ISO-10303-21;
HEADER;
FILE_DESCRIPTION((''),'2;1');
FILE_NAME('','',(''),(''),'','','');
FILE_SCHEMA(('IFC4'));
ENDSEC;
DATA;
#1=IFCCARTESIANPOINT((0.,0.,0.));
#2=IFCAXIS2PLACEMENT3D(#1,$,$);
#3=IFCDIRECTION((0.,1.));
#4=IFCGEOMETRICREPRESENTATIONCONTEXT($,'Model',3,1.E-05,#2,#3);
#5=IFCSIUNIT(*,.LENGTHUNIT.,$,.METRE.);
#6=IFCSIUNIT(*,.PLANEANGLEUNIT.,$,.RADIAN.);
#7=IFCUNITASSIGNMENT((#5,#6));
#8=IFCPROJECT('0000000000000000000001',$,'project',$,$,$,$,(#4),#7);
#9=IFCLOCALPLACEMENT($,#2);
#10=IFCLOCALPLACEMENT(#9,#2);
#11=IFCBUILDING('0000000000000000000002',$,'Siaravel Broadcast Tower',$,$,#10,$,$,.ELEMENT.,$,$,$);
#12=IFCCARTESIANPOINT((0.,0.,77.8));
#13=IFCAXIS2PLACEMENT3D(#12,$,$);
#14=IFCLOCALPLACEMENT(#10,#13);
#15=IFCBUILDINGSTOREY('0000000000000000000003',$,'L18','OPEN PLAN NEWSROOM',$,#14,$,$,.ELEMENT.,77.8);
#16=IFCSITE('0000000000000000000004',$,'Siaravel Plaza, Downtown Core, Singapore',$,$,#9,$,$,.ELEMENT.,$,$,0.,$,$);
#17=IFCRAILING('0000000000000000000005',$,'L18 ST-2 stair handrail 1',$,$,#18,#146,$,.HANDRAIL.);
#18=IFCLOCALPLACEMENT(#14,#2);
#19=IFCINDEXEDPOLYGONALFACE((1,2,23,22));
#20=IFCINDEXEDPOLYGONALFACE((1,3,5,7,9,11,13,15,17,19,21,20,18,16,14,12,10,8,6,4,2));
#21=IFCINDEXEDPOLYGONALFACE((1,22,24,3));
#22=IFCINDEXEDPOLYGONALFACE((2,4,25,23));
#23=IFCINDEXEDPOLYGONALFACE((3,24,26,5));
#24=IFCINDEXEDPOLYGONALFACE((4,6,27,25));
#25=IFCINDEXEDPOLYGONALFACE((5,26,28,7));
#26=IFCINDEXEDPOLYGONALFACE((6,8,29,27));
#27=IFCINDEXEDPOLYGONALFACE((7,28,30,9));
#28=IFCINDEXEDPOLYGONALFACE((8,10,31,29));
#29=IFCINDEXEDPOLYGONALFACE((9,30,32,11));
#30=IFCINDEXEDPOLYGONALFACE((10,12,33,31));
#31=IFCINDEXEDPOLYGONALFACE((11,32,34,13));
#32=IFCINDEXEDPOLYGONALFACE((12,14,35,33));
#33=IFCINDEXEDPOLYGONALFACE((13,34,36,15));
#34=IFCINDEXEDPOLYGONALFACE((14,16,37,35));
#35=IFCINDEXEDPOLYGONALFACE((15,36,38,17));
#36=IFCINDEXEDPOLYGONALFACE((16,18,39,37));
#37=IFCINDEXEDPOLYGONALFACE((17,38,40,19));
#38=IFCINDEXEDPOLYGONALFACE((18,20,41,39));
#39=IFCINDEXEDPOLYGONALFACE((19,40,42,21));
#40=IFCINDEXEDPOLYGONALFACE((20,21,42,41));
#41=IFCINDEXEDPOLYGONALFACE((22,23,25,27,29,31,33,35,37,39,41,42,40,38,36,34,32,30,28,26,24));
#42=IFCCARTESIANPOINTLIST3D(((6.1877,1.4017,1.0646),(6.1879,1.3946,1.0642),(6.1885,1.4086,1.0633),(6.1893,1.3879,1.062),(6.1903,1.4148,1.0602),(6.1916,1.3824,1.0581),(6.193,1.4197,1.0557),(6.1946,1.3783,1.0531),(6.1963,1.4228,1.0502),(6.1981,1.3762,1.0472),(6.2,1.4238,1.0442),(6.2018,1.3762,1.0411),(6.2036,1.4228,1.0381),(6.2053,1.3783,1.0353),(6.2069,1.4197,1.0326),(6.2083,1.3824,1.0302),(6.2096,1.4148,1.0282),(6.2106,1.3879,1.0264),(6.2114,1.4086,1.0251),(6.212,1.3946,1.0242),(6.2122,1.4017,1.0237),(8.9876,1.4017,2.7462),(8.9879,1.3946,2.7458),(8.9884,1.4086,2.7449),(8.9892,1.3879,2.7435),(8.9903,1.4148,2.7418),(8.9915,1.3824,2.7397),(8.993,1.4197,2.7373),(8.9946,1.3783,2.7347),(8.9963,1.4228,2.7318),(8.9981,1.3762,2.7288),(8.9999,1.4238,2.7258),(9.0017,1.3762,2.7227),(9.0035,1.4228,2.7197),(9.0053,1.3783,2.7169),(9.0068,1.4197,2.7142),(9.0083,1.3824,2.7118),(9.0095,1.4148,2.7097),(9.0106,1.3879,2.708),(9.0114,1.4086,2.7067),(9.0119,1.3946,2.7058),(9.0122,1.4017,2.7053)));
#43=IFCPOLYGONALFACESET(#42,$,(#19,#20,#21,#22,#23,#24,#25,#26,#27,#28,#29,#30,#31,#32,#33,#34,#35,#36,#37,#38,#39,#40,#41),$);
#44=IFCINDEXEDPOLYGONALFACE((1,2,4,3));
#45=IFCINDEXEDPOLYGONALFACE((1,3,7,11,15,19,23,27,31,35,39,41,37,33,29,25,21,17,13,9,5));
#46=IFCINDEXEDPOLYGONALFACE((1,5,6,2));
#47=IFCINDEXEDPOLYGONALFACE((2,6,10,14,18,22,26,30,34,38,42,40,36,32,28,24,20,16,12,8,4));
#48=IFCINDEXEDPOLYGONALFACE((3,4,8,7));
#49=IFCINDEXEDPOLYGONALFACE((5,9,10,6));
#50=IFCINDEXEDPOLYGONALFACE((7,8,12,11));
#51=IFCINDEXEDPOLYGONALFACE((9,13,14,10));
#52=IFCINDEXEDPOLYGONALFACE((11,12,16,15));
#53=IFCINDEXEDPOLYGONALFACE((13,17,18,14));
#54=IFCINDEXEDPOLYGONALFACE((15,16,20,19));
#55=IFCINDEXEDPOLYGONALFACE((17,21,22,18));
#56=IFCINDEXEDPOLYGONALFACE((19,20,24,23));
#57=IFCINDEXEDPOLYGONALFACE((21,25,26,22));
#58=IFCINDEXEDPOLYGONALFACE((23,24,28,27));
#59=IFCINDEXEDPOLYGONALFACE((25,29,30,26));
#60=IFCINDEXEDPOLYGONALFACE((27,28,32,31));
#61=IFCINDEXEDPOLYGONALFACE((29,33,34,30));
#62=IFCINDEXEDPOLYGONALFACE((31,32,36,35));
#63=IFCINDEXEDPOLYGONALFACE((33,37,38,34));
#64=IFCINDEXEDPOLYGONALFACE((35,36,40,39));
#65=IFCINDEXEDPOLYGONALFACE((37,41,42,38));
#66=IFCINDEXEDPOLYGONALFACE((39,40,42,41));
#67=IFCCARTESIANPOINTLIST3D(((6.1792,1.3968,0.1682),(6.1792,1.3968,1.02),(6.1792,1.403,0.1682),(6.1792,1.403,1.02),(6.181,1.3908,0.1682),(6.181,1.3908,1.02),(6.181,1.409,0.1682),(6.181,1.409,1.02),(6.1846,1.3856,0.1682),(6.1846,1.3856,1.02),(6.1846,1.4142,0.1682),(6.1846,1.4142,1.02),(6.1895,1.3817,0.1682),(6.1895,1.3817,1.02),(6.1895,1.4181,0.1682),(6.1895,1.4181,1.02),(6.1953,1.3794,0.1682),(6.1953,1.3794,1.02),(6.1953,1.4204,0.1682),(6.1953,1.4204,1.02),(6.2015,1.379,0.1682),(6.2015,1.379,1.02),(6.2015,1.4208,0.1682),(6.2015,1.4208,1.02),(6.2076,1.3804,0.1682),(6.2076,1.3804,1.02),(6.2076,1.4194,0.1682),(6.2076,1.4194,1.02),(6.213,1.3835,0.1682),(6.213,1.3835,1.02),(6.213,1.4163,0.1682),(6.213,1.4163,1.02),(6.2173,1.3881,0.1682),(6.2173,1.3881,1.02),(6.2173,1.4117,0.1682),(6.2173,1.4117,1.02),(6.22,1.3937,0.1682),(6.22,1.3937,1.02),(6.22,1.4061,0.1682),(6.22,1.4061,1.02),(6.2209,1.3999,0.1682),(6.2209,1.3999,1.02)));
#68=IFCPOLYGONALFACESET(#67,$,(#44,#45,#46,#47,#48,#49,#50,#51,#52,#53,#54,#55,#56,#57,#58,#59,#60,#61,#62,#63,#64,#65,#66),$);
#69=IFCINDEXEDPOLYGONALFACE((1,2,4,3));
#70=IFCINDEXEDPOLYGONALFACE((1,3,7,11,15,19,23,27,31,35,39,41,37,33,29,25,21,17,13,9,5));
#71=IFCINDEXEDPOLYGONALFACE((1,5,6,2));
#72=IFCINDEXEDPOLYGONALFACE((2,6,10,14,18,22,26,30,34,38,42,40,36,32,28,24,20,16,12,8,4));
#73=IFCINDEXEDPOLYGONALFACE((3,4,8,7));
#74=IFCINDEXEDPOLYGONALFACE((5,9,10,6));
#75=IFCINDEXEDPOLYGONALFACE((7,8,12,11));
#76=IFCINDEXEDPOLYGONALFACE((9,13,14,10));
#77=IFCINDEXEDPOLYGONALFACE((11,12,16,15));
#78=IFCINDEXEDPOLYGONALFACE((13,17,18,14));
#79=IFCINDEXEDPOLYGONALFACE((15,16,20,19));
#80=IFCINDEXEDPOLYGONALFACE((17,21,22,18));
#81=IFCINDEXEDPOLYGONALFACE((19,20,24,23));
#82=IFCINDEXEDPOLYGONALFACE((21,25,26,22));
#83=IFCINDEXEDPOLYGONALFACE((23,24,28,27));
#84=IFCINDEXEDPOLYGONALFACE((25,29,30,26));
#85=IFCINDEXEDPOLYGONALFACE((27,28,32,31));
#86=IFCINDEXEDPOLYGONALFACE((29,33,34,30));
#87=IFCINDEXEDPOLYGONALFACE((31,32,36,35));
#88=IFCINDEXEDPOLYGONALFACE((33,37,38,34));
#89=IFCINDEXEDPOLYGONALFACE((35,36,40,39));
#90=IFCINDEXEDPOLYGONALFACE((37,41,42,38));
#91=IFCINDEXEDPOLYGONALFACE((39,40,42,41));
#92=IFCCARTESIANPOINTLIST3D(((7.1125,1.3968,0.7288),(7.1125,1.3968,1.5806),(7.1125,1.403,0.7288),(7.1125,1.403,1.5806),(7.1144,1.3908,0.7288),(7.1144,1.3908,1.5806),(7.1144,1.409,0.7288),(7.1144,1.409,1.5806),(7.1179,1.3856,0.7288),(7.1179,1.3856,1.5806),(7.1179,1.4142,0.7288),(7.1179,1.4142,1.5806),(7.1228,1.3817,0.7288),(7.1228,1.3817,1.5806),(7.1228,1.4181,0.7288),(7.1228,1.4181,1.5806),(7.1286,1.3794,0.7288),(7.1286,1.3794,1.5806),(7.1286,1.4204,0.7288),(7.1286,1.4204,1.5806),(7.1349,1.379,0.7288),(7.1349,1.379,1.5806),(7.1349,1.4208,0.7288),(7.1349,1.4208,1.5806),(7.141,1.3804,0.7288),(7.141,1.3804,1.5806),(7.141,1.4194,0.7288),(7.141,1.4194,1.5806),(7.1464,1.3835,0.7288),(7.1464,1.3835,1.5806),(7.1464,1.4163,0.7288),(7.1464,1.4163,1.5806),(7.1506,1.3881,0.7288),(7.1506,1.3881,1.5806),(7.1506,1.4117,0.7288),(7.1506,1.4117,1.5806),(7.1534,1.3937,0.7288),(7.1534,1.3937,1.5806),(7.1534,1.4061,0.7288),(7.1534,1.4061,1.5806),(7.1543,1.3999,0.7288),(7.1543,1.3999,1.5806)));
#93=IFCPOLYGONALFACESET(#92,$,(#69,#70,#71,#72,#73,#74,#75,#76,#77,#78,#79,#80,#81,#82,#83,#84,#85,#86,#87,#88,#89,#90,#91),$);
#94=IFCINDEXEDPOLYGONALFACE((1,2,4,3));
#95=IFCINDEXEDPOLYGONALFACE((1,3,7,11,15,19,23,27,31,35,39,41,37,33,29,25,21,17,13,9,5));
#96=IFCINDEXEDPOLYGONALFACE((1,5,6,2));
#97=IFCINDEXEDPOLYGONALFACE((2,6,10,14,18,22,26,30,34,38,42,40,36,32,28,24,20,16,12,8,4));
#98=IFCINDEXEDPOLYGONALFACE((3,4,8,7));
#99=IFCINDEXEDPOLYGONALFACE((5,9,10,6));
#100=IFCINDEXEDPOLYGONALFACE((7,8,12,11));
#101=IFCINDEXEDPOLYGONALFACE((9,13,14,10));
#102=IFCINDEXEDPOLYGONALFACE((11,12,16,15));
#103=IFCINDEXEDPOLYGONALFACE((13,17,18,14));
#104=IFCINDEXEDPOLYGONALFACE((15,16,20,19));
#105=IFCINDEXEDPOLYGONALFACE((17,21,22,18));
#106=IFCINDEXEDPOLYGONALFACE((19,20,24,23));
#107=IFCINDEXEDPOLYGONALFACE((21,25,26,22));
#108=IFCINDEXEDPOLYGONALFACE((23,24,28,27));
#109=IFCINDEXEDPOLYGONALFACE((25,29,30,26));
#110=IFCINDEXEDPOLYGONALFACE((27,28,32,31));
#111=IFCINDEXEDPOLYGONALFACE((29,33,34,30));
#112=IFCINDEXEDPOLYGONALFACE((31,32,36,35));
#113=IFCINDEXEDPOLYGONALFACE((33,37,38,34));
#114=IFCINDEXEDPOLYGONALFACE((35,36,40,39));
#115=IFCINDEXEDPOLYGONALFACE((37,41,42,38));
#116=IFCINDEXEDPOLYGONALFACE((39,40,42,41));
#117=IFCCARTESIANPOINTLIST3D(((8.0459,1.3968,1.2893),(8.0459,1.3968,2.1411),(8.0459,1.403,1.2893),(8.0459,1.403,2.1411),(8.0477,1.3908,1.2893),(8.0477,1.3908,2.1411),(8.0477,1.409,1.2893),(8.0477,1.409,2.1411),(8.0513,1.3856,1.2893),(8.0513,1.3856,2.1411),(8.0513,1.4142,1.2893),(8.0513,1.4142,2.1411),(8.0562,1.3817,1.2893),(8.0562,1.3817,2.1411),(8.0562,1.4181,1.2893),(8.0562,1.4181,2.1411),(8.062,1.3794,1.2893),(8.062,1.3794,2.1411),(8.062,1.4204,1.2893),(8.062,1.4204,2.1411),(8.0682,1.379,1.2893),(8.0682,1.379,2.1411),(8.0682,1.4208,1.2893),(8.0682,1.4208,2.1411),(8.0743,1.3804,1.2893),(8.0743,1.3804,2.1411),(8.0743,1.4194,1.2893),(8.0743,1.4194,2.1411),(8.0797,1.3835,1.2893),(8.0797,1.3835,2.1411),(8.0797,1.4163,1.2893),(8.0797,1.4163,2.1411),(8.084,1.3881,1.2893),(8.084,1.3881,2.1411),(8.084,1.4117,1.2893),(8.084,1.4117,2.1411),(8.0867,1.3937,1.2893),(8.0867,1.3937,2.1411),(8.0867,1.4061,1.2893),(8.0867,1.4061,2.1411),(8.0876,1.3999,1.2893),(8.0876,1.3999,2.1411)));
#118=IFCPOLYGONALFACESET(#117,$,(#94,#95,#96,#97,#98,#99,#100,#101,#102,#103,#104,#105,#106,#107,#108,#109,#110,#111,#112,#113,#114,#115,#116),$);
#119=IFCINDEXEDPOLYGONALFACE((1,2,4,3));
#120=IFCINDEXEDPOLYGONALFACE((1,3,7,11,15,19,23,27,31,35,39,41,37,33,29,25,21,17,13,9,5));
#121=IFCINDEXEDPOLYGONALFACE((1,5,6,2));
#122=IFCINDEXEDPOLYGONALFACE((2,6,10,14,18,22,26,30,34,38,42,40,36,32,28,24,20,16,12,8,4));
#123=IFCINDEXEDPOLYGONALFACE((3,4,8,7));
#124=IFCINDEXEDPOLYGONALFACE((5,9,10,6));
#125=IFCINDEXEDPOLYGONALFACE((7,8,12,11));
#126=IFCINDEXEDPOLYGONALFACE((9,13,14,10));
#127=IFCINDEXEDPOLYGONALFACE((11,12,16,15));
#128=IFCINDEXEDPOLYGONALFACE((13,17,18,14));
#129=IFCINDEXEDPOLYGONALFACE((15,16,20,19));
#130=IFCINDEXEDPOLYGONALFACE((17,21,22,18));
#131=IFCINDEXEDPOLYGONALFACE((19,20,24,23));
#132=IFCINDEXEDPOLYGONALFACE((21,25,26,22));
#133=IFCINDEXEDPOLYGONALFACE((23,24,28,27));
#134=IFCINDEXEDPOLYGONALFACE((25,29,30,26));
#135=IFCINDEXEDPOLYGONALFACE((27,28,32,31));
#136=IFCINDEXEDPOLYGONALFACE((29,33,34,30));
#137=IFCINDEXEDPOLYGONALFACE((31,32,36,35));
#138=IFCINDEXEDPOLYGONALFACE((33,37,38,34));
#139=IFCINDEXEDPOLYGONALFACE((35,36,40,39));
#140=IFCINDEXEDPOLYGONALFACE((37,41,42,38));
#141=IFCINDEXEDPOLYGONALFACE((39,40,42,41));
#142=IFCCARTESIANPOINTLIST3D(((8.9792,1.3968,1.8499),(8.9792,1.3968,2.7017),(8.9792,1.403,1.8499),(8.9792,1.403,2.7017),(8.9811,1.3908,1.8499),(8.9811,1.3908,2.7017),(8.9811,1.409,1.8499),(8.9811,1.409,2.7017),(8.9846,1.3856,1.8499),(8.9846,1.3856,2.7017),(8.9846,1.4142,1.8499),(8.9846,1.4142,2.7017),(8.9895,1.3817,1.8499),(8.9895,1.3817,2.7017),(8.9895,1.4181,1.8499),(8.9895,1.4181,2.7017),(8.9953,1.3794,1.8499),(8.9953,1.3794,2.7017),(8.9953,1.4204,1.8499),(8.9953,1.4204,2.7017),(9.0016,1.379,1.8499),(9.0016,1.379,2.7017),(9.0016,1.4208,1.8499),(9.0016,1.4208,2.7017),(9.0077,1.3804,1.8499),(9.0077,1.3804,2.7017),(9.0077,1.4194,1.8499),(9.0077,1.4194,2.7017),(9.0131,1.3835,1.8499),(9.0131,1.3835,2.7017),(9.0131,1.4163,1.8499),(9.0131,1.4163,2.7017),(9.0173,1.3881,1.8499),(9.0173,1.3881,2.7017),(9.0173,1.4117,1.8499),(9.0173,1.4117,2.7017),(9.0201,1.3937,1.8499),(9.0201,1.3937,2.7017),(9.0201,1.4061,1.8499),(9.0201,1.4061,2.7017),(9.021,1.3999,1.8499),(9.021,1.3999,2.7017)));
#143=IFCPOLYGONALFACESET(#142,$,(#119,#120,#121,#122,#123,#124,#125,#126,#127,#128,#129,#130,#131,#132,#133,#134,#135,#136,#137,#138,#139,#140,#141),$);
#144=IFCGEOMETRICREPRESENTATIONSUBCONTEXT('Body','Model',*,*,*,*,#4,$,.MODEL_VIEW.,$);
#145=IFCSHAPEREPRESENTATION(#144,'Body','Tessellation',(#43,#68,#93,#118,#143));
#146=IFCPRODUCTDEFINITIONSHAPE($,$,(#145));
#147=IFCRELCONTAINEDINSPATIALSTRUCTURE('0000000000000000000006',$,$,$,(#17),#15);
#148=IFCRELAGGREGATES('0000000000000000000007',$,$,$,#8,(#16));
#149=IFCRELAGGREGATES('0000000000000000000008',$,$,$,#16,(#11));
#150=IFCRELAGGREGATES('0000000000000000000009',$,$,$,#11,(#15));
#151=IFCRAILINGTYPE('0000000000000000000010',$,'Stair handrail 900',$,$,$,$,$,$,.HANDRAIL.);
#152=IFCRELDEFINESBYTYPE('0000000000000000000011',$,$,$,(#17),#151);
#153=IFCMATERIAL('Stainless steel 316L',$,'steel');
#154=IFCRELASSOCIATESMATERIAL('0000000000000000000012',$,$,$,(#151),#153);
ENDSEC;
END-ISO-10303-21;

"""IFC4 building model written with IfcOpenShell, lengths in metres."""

from ifc_helpers import new_model, si_unit, direction, frame, origin, origin_2d, place, context, subcontext, project, spatial, circle, extrude, material, type_object, element, save


model = new_model("IFC4")

# Units and contexts
model_context = context("Model", 3, precision=1e-05, world=origin(), true_north=direction((0.0, 1.0)))
body_context = subcontext(model_context, "Body", "Model", "MODEL_VIEW")
ifc_project = project(units=[si_unit("LENGTHUNIT", "METRE"), si_unit("PLANEANGLEUNIT", "RADIAN")], contexts=[model_context])

# Site, building, storey
site_placement = place(None, origin())
site = spatial("IfcSite", under=ifc_project, at=site_placement, Name="Siaravel Plaza, Downtown Core, Singapore", CompositionType="ELEMENT", RefElevation=0.0)
building_placement = place(site_placement, origin())
building = spatial("IfcBuilding", under=site, at=building_placement, Name="Siaravel Broadcast Tower", CompositionType="ELEMENT")
storey_placement = place(building_placement, frame((0.0, 0.0, 77.8)))
storey = spatial("IfcBuildingStorey", under=building, at=storey_placement, Name="L18", Description="OPEN PLAN NEWSROOM", CompositionType="ELEMENT", Elevation=77.8)

# Railing
ifc_material_1 = material(Name="Stainless steel 316L", Category="steel")
railing_type_1 = type_object("IfcRailingType", Name="Stair handrail 900", PredefinedType="HANDRAIL", material=ifc_material_1)
railing_1_placement = place(storey_placement, frame((6.2, 1.3999, 0.1682)))
element("IfcRailing", 1, at=railing_1_placement, inside=storey, type_object=railing_type_1, Name="L18 ST-2 stair handrail 1", PredefinedType="HANDRAIL", context=body_context, shape_type="SweptSolid", body=[
    extrude(circle(Radius=0.0239, at=origin_2d()), frame((0.0, 0.0, 0.876), z_axis=(0.857275, 0.0, 0.514858), x_axis=(0.0, 1.0, 0.0)), (0.0, 0.0, 1.0), 3.2661),
    extrude(circle(Radius=0.021, at=origin_2d()), origin(), (0.0, 0.0, 1.0), 0.8518),
    extrude(circle(Radius=0.021, at=origin_2d()), frame((0.9333, 0.0, 0.5605)), (0.0, 0.0, 1.0), 0.8518),
    extrude(circle(Radius=0.021, at=origin_2d()), frame((1.8667, 0.0, 1.1211)), (0.0, 0.0, 1.0), 0.8518),
    extrude(circle(Radius=0.021, at=origin_2d()), frame((2.8, 0.0, 1.6816)), (0.0, 0.0, 1.0), 0.8518),
])

save(model, "model.ifc")
